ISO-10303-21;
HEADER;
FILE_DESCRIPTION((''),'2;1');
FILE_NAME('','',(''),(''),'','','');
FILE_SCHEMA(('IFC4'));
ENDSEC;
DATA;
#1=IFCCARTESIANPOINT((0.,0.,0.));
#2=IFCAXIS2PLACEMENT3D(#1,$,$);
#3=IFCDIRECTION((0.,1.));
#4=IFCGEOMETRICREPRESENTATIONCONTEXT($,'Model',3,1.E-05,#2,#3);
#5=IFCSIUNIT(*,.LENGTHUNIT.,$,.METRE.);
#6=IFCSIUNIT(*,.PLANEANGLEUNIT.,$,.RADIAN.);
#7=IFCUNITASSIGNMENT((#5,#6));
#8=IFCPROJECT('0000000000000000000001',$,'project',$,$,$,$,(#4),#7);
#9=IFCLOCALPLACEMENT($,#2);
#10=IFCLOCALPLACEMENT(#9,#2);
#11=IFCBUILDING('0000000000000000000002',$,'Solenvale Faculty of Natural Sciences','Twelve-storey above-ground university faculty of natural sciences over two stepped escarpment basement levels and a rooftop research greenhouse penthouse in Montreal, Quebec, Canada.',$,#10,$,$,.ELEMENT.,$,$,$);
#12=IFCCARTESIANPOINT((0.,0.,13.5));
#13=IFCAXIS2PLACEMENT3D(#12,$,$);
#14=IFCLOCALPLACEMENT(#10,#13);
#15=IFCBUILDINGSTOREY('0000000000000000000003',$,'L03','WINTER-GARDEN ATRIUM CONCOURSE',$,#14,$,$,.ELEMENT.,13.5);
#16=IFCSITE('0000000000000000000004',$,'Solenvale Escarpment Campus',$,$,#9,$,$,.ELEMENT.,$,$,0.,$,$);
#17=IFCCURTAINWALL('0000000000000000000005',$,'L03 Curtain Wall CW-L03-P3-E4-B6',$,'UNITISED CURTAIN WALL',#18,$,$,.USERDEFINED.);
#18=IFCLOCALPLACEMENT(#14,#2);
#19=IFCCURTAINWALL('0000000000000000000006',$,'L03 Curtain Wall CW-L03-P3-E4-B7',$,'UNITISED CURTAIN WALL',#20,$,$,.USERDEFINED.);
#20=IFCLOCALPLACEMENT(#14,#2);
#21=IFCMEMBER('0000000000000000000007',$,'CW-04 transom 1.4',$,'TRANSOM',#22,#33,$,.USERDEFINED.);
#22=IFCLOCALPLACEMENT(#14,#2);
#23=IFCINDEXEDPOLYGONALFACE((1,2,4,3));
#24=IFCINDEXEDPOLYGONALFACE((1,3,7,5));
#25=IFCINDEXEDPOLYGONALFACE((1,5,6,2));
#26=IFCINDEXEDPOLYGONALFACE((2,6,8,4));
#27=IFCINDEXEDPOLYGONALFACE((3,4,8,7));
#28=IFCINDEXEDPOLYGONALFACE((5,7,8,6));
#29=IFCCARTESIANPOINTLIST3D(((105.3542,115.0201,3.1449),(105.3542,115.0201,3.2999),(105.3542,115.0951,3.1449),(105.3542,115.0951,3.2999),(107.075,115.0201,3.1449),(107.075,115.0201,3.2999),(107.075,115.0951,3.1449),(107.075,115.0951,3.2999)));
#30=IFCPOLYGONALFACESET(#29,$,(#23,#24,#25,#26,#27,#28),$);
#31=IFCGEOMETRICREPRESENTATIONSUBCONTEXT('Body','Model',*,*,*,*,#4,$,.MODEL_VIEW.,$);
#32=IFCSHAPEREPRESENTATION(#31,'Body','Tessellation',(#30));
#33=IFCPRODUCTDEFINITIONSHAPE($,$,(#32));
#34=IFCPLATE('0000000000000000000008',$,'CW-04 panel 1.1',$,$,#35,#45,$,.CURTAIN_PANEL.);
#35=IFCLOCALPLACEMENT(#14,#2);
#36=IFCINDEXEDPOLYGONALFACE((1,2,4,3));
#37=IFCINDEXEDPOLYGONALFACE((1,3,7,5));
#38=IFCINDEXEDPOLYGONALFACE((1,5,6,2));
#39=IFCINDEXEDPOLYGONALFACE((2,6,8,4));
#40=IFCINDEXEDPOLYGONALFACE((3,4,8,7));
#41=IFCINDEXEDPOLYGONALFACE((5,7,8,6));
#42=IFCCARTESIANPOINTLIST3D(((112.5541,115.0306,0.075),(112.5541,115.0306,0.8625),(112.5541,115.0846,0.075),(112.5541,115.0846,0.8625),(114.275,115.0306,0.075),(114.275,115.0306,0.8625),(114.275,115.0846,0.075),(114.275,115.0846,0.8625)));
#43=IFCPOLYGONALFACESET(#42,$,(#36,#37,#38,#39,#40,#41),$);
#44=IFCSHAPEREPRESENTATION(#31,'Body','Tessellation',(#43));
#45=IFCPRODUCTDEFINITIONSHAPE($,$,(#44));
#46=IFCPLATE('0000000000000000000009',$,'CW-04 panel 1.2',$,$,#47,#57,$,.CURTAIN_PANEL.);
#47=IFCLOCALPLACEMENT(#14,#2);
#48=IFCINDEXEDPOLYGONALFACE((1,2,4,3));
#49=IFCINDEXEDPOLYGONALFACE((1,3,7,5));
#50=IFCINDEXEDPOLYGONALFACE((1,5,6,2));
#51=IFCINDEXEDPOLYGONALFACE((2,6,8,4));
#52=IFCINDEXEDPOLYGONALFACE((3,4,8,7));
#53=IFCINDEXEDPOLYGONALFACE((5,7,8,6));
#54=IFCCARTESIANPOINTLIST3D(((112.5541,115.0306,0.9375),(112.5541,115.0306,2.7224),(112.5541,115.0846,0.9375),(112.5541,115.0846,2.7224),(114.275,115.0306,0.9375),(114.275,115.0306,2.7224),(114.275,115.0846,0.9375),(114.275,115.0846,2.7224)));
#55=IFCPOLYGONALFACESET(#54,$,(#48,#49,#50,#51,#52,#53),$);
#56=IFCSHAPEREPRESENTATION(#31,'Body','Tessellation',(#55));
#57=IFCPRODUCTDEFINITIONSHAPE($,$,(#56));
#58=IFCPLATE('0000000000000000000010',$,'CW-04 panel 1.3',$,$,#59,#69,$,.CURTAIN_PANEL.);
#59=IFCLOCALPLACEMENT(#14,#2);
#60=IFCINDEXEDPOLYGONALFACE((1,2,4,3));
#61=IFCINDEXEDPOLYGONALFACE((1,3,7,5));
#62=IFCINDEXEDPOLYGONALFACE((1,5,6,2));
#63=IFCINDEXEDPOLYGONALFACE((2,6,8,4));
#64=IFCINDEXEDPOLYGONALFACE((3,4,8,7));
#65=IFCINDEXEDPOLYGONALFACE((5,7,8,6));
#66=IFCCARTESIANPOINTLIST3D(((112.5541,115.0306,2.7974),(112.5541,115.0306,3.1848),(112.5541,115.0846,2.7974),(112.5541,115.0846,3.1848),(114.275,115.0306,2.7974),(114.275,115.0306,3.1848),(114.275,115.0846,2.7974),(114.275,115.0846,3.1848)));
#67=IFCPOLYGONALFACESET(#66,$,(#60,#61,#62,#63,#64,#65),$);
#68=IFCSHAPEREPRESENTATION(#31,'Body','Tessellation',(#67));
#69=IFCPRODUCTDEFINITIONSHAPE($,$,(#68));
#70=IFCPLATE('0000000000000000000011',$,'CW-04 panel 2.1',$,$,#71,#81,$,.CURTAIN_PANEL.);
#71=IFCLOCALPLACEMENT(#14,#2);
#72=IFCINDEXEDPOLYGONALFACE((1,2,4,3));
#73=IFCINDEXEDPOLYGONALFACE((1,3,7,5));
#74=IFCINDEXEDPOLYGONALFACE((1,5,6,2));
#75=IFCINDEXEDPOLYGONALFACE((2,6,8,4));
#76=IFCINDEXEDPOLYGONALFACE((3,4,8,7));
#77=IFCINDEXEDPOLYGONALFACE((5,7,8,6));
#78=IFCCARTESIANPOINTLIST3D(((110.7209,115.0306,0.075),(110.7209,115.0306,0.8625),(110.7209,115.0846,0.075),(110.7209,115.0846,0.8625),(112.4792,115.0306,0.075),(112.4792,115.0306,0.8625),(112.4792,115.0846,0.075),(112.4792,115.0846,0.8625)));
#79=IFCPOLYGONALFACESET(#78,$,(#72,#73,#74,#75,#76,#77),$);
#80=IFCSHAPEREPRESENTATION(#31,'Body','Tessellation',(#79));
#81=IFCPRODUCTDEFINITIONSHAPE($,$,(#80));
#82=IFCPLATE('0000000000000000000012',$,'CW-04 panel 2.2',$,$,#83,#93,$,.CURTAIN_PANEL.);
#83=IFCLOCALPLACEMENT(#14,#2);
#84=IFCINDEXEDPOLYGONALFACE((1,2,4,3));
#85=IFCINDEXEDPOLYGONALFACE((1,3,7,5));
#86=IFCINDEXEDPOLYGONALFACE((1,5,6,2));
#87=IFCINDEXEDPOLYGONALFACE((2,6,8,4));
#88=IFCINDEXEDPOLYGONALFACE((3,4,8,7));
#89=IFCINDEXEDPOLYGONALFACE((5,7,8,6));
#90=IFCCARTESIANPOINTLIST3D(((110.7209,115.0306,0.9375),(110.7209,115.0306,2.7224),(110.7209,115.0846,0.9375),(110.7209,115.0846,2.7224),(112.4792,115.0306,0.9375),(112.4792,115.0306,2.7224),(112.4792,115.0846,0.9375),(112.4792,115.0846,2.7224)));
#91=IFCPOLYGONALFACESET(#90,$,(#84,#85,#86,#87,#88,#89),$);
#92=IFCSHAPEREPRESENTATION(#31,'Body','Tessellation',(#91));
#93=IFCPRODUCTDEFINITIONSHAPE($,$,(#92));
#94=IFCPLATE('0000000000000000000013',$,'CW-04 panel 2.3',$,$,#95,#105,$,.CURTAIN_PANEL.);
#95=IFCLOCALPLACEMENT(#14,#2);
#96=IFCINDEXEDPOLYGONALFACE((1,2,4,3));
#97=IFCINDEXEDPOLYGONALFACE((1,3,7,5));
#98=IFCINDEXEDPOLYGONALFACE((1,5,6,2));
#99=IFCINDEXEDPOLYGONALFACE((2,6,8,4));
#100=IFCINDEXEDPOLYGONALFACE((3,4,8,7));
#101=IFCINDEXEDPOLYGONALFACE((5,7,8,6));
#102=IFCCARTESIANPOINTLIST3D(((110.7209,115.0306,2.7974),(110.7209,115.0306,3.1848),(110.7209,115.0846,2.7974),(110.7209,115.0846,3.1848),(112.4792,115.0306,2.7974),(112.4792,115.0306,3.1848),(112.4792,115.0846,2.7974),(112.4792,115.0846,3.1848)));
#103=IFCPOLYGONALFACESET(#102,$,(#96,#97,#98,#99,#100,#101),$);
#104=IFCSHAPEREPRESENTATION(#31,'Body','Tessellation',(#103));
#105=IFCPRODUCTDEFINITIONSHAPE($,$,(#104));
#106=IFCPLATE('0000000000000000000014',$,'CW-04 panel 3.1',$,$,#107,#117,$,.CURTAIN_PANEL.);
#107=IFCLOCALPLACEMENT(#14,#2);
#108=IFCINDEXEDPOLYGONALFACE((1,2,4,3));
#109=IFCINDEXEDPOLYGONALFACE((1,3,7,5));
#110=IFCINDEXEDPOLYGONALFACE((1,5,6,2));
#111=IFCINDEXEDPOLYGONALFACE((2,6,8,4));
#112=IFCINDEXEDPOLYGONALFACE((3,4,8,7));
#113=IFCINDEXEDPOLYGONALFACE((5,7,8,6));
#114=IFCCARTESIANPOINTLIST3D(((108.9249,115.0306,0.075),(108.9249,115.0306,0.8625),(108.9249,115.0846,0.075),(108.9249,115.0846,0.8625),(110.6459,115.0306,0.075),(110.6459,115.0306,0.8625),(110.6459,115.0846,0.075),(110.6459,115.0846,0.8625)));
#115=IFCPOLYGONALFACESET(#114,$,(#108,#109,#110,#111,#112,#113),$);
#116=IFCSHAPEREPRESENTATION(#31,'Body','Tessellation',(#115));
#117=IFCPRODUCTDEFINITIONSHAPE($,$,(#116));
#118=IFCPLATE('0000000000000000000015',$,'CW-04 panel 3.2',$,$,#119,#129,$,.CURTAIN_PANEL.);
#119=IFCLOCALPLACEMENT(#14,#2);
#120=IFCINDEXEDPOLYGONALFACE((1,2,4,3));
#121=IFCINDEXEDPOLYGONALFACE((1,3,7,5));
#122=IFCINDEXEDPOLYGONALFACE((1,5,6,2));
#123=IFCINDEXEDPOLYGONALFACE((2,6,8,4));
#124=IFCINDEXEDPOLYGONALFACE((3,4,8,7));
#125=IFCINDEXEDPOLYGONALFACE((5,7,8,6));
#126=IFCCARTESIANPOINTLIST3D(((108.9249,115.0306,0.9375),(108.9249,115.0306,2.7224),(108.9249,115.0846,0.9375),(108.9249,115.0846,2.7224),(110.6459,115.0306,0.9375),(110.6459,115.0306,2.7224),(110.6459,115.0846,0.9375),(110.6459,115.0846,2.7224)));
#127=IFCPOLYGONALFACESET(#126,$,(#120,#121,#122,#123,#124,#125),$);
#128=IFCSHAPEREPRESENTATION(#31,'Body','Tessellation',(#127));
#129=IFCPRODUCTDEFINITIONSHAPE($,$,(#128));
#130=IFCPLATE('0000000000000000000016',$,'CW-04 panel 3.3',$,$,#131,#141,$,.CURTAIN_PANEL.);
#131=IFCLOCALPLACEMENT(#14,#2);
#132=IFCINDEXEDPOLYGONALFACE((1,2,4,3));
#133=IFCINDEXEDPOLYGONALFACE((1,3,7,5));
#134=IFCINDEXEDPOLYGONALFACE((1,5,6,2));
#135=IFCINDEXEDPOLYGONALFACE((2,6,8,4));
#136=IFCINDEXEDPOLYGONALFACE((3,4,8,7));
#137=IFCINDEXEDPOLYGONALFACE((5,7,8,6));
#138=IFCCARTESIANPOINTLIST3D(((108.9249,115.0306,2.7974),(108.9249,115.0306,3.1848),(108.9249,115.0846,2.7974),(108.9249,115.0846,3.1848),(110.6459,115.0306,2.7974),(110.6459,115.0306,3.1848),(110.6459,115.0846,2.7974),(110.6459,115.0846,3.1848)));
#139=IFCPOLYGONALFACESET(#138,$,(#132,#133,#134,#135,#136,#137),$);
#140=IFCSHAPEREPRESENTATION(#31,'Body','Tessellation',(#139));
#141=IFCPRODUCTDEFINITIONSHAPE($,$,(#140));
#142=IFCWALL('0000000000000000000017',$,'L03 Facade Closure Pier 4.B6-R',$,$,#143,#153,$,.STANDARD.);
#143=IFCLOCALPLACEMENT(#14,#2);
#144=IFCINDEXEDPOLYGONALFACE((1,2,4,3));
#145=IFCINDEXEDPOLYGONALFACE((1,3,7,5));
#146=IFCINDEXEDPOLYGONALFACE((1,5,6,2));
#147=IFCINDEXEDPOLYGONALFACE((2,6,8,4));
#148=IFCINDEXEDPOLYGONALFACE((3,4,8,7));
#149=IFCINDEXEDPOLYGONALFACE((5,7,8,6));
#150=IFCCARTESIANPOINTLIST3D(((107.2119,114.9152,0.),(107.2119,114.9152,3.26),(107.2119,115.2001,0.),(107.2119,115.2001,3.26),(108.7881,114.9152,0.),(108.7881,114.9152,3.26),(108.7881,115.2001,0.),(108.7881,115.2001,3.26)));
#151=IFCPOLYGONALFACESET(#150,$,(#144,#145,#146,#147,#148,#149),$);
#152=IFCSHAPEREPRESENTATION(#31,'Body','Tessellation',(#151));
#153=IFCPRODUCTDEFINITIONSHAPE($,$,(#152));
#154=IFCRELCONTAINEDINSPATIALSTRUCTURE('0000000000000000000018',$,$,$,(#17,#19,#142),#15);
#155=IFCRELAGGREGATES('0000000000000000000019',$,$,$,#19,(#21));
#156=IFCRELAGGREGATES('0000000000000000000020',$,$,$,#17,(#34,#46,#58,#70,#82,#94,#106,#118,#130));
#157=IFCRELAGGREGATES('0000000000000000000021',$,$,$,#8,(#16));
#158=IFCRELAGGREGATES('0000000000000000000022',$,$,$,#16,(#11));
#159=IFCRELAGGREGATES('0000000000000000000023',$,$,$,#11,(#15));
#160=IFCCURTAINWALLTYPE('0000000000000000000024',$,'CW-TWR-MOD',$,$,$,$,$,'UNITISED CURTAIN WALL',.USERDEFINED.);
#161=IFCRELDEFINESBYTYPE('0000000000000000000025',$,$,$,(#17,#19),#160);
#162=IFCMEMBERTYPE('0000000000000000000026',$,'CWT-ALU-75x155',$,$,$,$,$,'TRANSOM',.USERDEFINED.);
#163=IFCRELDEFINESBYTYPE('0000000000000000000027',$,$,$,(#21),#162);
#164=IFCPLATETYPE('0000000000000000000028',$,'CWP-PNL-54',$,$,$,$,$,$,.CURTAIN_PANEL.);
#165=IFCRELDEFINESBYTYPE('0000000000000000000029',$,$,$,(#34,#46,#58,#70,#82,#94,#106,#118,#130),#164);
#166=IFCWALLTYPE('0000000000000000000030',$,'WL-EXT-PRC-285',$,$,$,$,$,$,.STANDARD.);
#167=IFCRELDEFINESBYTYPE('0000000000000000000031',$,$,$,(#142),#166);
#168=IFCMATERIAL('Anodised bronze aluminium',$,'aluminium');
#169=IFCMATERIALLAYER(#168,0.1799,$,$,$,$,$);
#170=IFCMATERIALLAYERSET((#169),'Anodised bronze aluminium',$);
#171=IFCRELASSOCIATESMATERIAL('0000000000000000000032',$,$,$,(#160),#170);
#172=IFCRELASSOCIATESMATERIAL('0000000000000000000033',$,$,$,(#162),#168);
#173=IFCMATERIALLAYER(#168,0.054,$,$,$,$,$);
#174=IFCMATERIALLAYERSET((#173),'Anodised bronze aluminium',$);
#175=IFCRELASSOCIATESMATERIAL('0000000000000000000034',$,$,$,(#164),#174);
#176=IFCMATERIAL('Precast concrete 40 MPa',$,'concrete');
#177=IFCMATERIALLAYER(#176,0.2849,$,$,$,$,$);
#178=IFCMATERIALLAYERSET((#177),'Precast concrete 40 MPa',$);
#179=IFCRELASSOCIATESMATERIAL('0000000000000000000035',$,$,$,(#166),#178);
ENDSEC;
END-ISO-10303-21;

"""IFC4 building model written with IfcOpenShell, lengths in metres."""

from ifc_helpers import new_model, si_unit, direction, frame, frame_2d, origin, origin_2d, place, context, subcontext, project, spatial, rectangle, extrude, material, layer, layer_set, material_profile, profile_set, type_object, element, aggregate, save


model = new_model("IFC4")

# Units and contexts
model_context = context("Model", 3, precision=1e-05, world=origin(), true_north=direction((0.0, 1.0)))
body_context = subcontext(model_context, "Body", "Model", "MODEL_VIEW")
ifc_project = project(units=[si_unit("LENGTHUNIT", "METRE"), si_unit("PLANEANGLEUNIT", "RADIAN")], contexts=[model_context])

# Site, building, storey
site_placement = place(None, origin())
site = spatial("IfcSite", under=ifc_project, at=site_placement, Name="Solenvale Escarpment Campus", CompositionType="ELEMENT", RefElevation=0.0)
building_placement = place(site_placement, origin())
building = spatial("IfcBuilding", under=site, at=building_placement, Name="Solenvale Faculty of Natural Sciences", Description="Twelve-storey above-ground university faculty of natural sciences over two stepped escarpment basement levels and a rooftop research greenhouse penthouse in Montreal, Quebec, Canada.", CompositionType="ELEMENT")
storey_placement = place(building_placement, frame((0.0, 0.0, 13.5)))
storey = spatial("IfcBuildingStorey", under=building, at=storey_placement, Name="L03", Description="WINTER-GARDEN ATRIUM CONCOURSE", CompositionType="ELEMENT", Elevation=13.5)

# Shared definitions
ifc_material_1 = material(Name="Precast concrete 40 MPa", Category="concrete")

# Curtain wall
ifc_material_2 = material(Name="Anodised bronze aluminium", Category="aluminium")
ifc_layer_1 = layer(ifc_material_2, 0.1799)
ifc_layer_set_1 = layer_set([ifc_layer_1], Name="Anodised bronze aluminium")
curtain_wall_type = type_object("IfcCurtainWallType", Name="CW-TWR-MOD", ElementType="UNITISED CURTAIN WALL", PredefinedType="USERDEFINED", material=ifc_layer_set_1)
curtain_wall_1_placement = place(storey_placement, origin())
curtain_wall_1 = element("IfcCurtainWall", 1, at=curtain_wall_1_placement, inside=storey, type_object=curtain_wall_type, Name="L03 Curtain Wall CW-L03-P3-E4-B6", ObjectType="UNITISED CURTAIN WALL", PredefinedType="USERDEFINED")

# Curtain wall
curtain_wall_2_placement = place(storey_placement, origin())
curtain_wall_2 = element("IfcCurtainWall", 2, at=curtain_wall_2_placement, inside=storey, type_object=curtain_wall_type, Name="L03 Curtain Wall CW-L03-P3-E4-B7", ObjectType="UNITISED CURTAIN WALL", PredefinedType="USERDEFINED")

# Member
ifc_material_profile_1 = material_profile(ifc_material_2, rectangle(XDim=0.075, YDim=0.155, at=origin_2d()), Name="ALU-TRN-75x155")
ifc_profile_set_1 = profile_set([ifc_material_profile_1], Name="Anodised bronze aluminium")
member_type_1 = type_object("IfcMemberType", Name="CWT-ALU-75x155", ElementType="TRANSOM", PredefinedType="USERDEFINED", material=ifc_profile_set_1)
member_1_placement = place(storey_placement, frame((107.075, 115.0576, 3.2224), z_axis=(-1.0, 0.0, 0.0), x_axis=(0.0, -1.0, 0.0)))
member_1 = element("IfcMember", 3, at=member_1_placement, type_object=member_type_1, Name="CW-04 transom 1.4", ObjectType="TRANSOM", PredefinedType="USERDEFINED", context=body_context, shape_type="SweptSolid", body=[
    extrude(rectangle(XDim=0.075, YDim=0.155, at=origin_2d()), origin(), (0.0, 0.0, 1.0), 1.7207),
])
aggregate(curtain_wall_2, [member_1])

# Plates
ifc_layer_2 = layer(ifc_material_2, 0.054)
ifc_layer_set_2 = layer_set([ifc_layer_2], Name="Anodised bronze aluminium")
plate_type = type_object("IfcPlateType", Name="CWP-PNL-54", PredefinedType="CURTAIN_PANEL", material=ifc_layer_set_2)
plate_1_placement = place(storey_placement, frame((113.4146, 115.0576, 0.075), z_axis=(0.0, 0.0, 1.0), x_axis=(-1.0, 0.0, 0.0)))
plate_1 = element("IfcPlate", 4, at=plate_1_placement, type_object=plate_type, Name="CW-04 panel 1.1", PredefinedType="CURTAIN_PANEL", context=body_context, shape_type="SweptSolid", body=[
    extrude(rectangle(XDim=1.7209, YDim=0.054, at=origin_2d()), origin(), (0.0, 0.0, 1.0), 0.7876),
])
plate_2_placement = place(storey_placement, frame((113.4146, 115.0576, 0.9375), z_axis=(0.0, 0.0, 1.0), x_axis=(-1.0, 0.0, 0.0)))
plate_2 = element("IfcPlate", 5, at=plate_2_placement, type_object=plate_type, Name="CW-04 panel 1.2", PredefinedType="CURTAIN_PANEL", context=body_context, shape_type="SweptSolid", body=[
    extrude(rectangle(XDim=1.7209, YDim=0.054, at=origin_2d()), origin(), (0.0, 0.0, 1.0), 1.7849),
])
plate_3_placement = place(storey_placement, frame((113.4146, 115.0576, 2.7974), z_axis=(0.0, 0.0, 1.0), x_axis=(-1.0, 0.0, 0.0)))
plate_3 = element("IfcPlate", 6, at=plate_3_placement, type_object=plate_type, Name="CW-04 panel 1.3", PredefinedType="CURTAIN_PANEL", context=body_context, shape_type="SweptSolid", body=[
    extrude(rectangle(XDim=1.7209, YDim=0.054, at=origin_2d()), origin(), (0.0, 0.0, 1.0), 0.3875),
])
plate_4_placement = place(storey_placement, frame((111.6001, 115.0576, 0.075), z_axis=(0.0, 0.0, 1.0), x_axis=(-1.0, 0.0, 0.0)))
plate_4 = element("IfcPlate", 7, at=plate_4_placement, type_object=plate_type, Name="CW-04 panel 2.1", PredefinedType="CURTAIN_PANEL", context=body_context, shape_type="SweptSolid", body=[
    extrude(rectangle(XDim=1.7583, YDim=0.054, at=origin_2d()), origin(), (0.0, 0.0, 1.0), 0.7876),
])
plate_5_placement = place(storey_placement, frame((111.6001, 115.0576, 0.9375), z_axis=(0.0, 0.0, 1.0), x_axis=(-1.0, 0.0, 0.0)))
plate_5 = element("IfcPlate", 8, at=plate_5_placement, type_object=plate_type, Name="CW-04 panel 2.2", PredefinedType="CURTAIN_PANEL", context=body_context, shape_type="SweptSolid", body=[
    extrude(rectangle(XDim=1.7583, YDim=0.054, at=origin_2d()), origin(), (0.0, 0.0, 1.0), 1.7849),
])
plate_6_placement = place(storey_placement, frame((111.6001, 115.0576, 2.7974), z_axis=(0.0, 0.0, 1.0), x_axis=(-1.0, 0.0, 0.0)))
plate_6 = element("IfcPlate", 9, at=plate_6_placement, type_object=plate_type, Name="CW-04 panel 2.3", PredefinedType="CURTAIN_PANEL", context=body_context, shape_type="SweptSolid", body=[
    extrude(rectangle(XDim=1.7583, YDim=0.054, at=origin_2d()), origin(), (0.0, 0.0, 1.0), 0.3875),
])
plate_7_placement = place(storey_placement, frame((109.7854, 115.0576, 0.075), z_axis=(0.0, 0.0, 1.0), x_axis=(-1.0, 0.0, 0.0)))
plate_7 = element("IfcPlate", 10, at=plate_7_placement, type_object=plate_type, Name="CW-04 panel 3.1", PredefinedType="CURTAIN_PANEL", context=body_context, shape_type="SweptSolid", body=[
    extrude(rectangle(XDim=1.7209, YDim=0.054, at=origin_2d()), origin(), (0.0, 0.0, 1.0), 0.7876),
])
plate_8_placement = place(storey_placement, frame((109.7854, 115.0576, 0.9375), z_axis=(0.0, 0.0, 1.0), x_axis=(-1.0, 0.0, 0.0)))
plate_8 = element("IfcPlate", 11, at=plate_8_placement, type_object=plate_type, Name="CW-04 panel 3.2", PredefinedType="CURTAIN_PANEL", context=body_context, shape_type="SweptSolid", body=[
    extrude(rectangle(XDim=1.7209, YDim=0.054, at=origin_2d()), origin(), (0.0, 0.0, 1.0), 1.7849),
])
plate_9_placement = place(storey_placement, frame((109.7854, 115.0576, 2.7974), z_axis=(0.0, 0.0, 1.0), x_axis=(-1.0, 0.0, 0.0)))
plate_9 = element("IfcPlate", 12, at=plate_9_placement, type_object=plate_type, Name="CW-04 panel 3.3", PredefinedType="CURTAIN_PANEL", context=body_context, shape_type="SweptSolid", body=[
    extrude(rectangle(XDim=1.7209, YDim=0.054, at=origin_2d()), origin(), (0.0, 0.0, 1.0), 0.3875),
])
aggregate(curtain_wall_1, [plate_1, plate_2, plate_3, plate_4, plate_5, plate_6, plate_7, plate_8, plate_9])

# Wall
ifc_layer_3 = layer(ifc_material_1, 0.2849)
ifc_layer_set_3 = layer_set([ifc_layer_3], Name="Precast concrete 40 MPa")
wall_type = type_object("IfcWallType", Name="WL-EXT-PRC-285", PredefinedType="STANDARD", material=ifc_layer_set_3)
wall_placement = place(storey_placement, frame((108.7881, 115.0576, 0.0), z_axis=(0.0, 0.0, 1.0), x_axis=(-1.0, 0.0, 0.0)))
element("IfcWall", 13, at=wall_placement, inside=storey, type_object=wall_type, Name="L03 Facade Closure Pier 4.B6-R", PredefinedType="STANDARD", context=body_context, shape_type="SweptSolid", body=[
    extrude(rectangle(XDim=1.5762, YDim=0.2849, at=frame_2d((0.7881, 0.0))), origin(), (0.0, 0.0, 1.0), 3.26),
])

save(model, "model.ifc")
